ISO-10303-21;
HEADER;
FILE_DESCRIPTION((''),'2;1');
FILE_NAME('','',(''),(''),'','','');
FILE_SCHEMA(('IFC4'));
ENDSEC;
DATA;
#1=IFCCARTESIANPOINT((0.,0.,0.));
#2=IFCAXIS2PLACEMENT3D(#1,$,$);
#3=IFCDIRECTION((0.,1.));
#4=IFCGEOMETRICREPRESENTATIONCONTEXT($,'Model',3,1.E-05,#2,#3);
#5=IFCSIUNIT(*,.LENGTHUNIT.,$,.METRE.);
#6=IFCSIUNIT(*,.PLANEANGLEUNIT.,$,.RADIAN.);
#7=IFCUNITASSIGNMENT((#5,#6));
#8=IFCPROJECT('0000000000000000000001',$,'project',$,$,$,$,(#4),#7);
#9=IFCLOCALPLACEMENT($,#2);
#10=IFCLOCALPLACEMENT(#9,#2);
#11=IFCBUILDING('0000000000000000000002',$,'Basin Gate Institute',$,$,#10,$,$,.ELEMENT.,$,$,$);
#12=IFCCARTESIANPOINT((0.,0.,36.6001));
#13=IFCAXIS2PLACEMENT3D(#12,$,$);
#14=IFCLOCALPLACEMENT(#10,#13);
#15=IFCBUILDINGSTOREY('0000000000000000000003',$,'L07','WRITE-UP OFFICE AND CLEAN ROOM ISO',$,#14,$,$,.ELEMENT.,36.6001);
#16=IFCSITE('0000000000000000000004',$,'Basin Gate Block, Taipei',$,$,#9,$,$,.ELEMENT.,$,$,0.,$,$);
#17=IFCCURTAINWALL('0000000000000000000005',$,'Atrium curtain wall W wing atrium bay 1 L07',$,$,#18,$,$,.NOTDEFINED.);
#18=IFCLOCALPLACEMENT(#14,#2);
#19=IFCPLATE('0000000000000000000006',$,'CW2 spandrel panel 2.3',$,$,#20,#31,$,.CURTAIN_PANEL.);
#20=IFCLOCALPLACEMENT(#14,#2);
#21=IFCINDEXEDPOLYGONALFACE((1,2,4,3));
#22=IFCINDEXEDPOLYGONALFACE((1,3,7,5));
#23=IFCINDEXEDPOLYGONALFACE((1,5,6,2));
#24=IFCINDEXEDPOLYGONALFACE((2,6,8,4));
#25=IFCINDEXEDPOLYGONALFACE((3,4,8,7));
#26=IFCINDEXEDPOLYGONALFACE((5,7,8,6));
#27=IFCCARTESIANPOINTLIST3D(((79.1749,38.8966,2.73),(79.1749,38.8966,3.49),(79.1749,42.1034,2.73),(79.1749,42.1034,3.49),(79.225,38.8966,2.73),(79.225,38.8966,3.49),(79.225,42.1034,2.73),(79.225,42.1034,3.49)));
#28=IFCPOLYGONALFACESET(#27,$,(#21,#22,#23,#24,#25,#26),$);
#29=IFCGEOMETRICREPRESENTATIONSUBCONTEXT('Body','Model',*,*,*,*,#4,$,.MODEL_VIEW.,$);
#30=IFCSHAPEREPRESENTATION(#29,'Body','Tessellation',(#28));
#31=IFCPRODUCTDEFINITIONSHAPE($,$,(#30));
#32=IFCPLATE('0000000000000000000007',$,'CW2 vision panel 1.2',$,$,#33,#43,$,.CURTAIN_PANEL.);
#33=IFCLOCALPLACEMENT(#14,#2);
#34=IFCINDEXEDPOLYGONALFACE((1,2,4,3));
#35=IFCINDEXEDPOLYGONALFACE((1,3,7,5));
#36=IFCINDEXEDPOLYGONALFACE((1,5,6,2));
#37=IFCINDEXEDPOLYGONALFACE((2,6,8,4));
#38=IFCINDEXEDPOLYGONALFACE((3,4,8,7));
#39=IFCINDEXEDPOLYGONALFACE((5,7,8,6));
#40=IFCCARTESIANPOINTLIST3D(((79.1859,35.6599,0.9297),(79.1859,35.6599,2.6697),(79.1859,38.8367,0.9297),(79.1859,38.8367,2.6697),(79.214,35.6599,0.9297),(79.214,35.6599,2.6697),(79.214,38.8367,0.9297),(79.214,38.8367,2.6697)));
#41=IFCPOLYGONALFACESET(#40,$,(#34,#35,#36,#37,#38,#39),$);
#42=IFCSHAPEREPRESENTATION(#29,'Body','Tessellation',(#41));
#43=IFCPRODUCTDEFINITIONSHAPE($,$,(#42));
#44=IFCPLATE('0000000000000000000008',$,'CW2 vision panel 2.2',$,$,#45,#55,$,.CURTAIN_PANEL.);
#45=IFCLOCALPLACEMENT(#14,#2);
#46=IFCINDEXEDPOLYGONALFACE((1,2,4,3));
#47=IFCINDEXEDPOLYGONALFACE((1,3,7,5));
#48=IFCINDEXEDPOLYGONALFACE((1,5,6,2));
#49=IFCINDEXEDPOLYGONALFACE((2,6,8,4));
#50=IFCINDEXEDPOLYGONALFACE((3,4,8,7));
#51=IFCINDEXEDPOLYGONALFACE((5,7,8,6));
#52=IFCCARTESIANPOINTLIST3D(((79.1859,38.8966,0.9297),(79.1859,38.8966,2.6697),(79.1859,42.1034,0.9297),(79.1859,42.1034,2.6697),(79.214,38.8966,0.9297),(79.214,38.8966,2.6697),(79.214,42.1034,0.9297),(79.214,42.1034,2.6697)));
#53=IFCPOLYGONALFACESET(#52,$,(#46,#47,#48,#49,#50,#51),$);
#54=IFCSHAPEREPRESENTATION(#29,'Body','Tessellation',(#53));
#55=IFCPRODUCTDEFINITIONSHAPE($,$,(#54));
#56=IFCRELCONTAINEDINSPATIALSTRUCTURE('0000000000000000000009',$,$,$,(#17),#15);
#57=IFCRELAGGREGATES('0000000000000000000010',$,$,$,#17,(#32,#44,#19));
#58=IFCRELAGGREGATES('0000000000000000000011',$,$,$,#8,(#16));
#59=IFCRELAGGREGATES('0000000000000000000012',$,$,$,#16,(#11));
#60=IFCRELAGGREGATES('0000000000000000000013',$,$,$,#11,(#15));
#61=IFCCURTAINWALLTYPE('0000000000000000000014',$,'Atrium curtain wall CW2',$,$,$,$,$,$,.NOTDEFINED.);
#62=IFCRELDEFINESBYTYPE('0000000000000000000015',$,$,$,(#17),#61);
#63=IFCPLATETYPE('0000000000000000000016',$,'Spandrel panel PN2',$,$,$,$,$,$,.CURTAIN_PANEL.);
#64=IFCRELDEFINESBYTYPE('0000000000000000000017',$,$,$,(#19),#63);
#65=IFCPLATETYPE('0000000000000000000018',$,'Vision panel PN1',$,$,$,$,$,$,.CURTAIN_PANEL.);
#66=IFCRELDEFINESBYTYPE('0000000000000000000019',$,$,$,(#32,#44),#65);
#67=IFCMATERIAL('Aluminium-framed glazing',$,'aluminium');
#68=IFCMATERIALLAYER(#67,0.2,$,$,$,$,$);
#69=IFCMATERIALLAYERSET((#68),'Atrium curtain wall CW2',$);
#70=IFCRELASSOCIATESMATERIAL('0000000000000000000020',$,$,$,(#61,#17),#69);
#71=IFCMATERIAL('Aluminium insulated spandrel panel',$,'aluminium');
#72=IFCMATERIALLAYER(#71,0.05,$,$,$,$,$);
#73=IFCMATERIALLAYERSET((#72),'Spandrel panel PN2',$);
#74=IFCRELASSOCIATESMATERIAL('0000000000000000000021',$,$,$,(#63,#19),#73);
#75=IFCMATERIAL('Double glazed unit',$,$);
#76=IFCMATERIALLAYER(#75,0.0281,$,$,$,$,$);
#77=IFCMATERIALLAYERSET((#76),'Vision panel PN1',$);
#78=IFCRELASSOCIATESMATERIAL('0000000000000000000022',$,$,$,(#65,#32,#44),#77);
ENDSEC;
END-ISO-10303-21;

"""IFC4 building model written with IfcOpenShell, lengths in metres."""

from ifc_helpers import new_model, si_unit, direction, frame, origin, origin_2d, place, context, subcontext, project, spatial, rectangle, extrude, material, layer, layer_set, type_object, element, aggregate, save


model = new_model("IFC4")

# Units and contexts
model_context = context("Model", 3, precision=1e-05, world=origin(), true_north=direction((0.0, 1.0)))
body_context = subcontext(model_context, "Body", "Model", "MODEL_VIEW")
ifc_project = project(units=[si_unit("LENGTHUNIT", "METRE"), si_unit("PLANEANGLEUNIT", "RADIAN")], contexts=[model_context])

# Site, building, storey
site_placement = place(None, origin())
site = spatial("IfcSite", under=ifc_project, at=site_placement, Name="Basin Gate Block, Taipei", CompositionType="ELEMENT", RefElevation=0.0)
building_placement = place(site_placement, origin())
building = spatial("IfcBuilding", under=site, at=building_placement, Name="Basin Gate Institute", CompositionType="ELEMENT")
storey_placement = place(building_placement, frame((0.0, 0.0, 36.6001)))
storey = spatial("IfcBuildingStorey", under=building, at=storey_placement, Name="L07", Description="WRITE-UP OFFICE AND CLEAN ROOM ISO", CompositionType="ELEMENT", Elevation=36.6001)

# Curtain wall, plates
ifc_material_1 = material(Name="Aluminium-framed glazing", Category="aluminium")
ifc_layer_1 = layer(ifc_material_1, 0.2)
ifc_layer_set_1 = layer_set([ifc_layer_1], Name="Atrium curtain wall CW2")
curtain_wall_type = type_object("IfcCurtainWallType", Name="Atrium curtain wall CW2", PredefinedType="NOTDEFINED", material=ifc_layer_set_1)
curtain_wall_placement = place(storey_placement, origin())
curtain_wall = element("IfcCurtainWall", 1, at=curtain_wall_placement, inside=storey, type_object=curtain_wall_type, material=ifc_layer_set_1, Name="Atrium curtain wall W wing atrium bay 1 L07", PredefinedType="NOTDEFINED")
ifc_material_2 = material(Name="Aluminium insulated spandrel panel", Category="aluminium")
ifc_layer_2 = layer(ifc_material_2, 0.05)
ifc_layer_set_2 = layer_set([ifc_layer_2], Name="Spandrel panel PN2")
plate_type_1 = type_object("IfcPlateType", Name="Spandrel panel PN2", PredefinedType="CURTAIN_PANEL", material=ifc_layer_set_2)
plate_1_placement = place(storey_placement, frame((79.2, 40.5, 2.73), z_axis=(0.0, 0.0, 1.0), x_axis=(0.0, 1.0, 0.0)))
plate_1 = element("IfcPlate", 2, at=plate_1_placement, type_object=plate_type_1, material=ifc_layer_set_2, Name="CW2 spandrel panel 2.3", PredefinedType="CURTAIN_PANEL", context=body_context, shape_type="SweptSolid", body=[
    extrude(rectangle(XDim=3.2068, YDim=0.05, at=origin_2d()), origin(), (0.0, 0.0, 1.0), 0.76),
])
ifc_material_3 = material(Name="Double glazed unit")
ifc_layer_3 = layer(ifc_material_3, 0.0281)
ifc_layer_set_3 = layer_set([ifc_layer_3], Name="Vision panel PN1")
plate_type_2 = type_object("IfcPlateType", Name="Vision panel PN1", PredefinedType="CURTAIN_PANEL", material=ifc_layer_set_3)
plate_2_placement = place(storey_placement, frame((79.2, 37.2483, 0.9297), z_axis=(0.0, 0.0, 1.0), x_axis=(0.0, 1.0, 0.0)))
plate_2 = element("IfcPlate", 3, at=plate_2_placement, type_object=plate_type_2, material=ifc_layer_set_3, Name="CW2 vision panel 1.2", PredefinedType="CURTAIN_PANEL", context=body_context, shape_type="SweptSolid", body=[
    extrude(rectangle(XDim=3.1768, YDim=0.0281, at=origin_2d()), origin(), (0.0, 0.0, 1.0), 1.74),
])
plate_3_placement = place(storey_placement, frame((79.2, 40.5, 0.9297), z_axis=(0.0, 0.0, 1.0), x_axis=(0.0, 1.0, 0.0)))
plate_3 = element("IfcPlate", 4, at=plate_3_placement, type_object=plate_type_2, material=ifc_layer_set_3, Name="CW2 vision panel 2.2", PredefinedType="CURTAIN_PANEL", context=body_context, shape_type="SweptSolid", body=[
    extrude(rectangle(XDim=3.2068, YDim=0.0281, at=origin_2d()), origin(), (0.0, 0.0, 1.0), 1.74),
])
aggregate(curtain_wall, [plate_2, plate_3, plate_1])

save(model, "model.ifc")
